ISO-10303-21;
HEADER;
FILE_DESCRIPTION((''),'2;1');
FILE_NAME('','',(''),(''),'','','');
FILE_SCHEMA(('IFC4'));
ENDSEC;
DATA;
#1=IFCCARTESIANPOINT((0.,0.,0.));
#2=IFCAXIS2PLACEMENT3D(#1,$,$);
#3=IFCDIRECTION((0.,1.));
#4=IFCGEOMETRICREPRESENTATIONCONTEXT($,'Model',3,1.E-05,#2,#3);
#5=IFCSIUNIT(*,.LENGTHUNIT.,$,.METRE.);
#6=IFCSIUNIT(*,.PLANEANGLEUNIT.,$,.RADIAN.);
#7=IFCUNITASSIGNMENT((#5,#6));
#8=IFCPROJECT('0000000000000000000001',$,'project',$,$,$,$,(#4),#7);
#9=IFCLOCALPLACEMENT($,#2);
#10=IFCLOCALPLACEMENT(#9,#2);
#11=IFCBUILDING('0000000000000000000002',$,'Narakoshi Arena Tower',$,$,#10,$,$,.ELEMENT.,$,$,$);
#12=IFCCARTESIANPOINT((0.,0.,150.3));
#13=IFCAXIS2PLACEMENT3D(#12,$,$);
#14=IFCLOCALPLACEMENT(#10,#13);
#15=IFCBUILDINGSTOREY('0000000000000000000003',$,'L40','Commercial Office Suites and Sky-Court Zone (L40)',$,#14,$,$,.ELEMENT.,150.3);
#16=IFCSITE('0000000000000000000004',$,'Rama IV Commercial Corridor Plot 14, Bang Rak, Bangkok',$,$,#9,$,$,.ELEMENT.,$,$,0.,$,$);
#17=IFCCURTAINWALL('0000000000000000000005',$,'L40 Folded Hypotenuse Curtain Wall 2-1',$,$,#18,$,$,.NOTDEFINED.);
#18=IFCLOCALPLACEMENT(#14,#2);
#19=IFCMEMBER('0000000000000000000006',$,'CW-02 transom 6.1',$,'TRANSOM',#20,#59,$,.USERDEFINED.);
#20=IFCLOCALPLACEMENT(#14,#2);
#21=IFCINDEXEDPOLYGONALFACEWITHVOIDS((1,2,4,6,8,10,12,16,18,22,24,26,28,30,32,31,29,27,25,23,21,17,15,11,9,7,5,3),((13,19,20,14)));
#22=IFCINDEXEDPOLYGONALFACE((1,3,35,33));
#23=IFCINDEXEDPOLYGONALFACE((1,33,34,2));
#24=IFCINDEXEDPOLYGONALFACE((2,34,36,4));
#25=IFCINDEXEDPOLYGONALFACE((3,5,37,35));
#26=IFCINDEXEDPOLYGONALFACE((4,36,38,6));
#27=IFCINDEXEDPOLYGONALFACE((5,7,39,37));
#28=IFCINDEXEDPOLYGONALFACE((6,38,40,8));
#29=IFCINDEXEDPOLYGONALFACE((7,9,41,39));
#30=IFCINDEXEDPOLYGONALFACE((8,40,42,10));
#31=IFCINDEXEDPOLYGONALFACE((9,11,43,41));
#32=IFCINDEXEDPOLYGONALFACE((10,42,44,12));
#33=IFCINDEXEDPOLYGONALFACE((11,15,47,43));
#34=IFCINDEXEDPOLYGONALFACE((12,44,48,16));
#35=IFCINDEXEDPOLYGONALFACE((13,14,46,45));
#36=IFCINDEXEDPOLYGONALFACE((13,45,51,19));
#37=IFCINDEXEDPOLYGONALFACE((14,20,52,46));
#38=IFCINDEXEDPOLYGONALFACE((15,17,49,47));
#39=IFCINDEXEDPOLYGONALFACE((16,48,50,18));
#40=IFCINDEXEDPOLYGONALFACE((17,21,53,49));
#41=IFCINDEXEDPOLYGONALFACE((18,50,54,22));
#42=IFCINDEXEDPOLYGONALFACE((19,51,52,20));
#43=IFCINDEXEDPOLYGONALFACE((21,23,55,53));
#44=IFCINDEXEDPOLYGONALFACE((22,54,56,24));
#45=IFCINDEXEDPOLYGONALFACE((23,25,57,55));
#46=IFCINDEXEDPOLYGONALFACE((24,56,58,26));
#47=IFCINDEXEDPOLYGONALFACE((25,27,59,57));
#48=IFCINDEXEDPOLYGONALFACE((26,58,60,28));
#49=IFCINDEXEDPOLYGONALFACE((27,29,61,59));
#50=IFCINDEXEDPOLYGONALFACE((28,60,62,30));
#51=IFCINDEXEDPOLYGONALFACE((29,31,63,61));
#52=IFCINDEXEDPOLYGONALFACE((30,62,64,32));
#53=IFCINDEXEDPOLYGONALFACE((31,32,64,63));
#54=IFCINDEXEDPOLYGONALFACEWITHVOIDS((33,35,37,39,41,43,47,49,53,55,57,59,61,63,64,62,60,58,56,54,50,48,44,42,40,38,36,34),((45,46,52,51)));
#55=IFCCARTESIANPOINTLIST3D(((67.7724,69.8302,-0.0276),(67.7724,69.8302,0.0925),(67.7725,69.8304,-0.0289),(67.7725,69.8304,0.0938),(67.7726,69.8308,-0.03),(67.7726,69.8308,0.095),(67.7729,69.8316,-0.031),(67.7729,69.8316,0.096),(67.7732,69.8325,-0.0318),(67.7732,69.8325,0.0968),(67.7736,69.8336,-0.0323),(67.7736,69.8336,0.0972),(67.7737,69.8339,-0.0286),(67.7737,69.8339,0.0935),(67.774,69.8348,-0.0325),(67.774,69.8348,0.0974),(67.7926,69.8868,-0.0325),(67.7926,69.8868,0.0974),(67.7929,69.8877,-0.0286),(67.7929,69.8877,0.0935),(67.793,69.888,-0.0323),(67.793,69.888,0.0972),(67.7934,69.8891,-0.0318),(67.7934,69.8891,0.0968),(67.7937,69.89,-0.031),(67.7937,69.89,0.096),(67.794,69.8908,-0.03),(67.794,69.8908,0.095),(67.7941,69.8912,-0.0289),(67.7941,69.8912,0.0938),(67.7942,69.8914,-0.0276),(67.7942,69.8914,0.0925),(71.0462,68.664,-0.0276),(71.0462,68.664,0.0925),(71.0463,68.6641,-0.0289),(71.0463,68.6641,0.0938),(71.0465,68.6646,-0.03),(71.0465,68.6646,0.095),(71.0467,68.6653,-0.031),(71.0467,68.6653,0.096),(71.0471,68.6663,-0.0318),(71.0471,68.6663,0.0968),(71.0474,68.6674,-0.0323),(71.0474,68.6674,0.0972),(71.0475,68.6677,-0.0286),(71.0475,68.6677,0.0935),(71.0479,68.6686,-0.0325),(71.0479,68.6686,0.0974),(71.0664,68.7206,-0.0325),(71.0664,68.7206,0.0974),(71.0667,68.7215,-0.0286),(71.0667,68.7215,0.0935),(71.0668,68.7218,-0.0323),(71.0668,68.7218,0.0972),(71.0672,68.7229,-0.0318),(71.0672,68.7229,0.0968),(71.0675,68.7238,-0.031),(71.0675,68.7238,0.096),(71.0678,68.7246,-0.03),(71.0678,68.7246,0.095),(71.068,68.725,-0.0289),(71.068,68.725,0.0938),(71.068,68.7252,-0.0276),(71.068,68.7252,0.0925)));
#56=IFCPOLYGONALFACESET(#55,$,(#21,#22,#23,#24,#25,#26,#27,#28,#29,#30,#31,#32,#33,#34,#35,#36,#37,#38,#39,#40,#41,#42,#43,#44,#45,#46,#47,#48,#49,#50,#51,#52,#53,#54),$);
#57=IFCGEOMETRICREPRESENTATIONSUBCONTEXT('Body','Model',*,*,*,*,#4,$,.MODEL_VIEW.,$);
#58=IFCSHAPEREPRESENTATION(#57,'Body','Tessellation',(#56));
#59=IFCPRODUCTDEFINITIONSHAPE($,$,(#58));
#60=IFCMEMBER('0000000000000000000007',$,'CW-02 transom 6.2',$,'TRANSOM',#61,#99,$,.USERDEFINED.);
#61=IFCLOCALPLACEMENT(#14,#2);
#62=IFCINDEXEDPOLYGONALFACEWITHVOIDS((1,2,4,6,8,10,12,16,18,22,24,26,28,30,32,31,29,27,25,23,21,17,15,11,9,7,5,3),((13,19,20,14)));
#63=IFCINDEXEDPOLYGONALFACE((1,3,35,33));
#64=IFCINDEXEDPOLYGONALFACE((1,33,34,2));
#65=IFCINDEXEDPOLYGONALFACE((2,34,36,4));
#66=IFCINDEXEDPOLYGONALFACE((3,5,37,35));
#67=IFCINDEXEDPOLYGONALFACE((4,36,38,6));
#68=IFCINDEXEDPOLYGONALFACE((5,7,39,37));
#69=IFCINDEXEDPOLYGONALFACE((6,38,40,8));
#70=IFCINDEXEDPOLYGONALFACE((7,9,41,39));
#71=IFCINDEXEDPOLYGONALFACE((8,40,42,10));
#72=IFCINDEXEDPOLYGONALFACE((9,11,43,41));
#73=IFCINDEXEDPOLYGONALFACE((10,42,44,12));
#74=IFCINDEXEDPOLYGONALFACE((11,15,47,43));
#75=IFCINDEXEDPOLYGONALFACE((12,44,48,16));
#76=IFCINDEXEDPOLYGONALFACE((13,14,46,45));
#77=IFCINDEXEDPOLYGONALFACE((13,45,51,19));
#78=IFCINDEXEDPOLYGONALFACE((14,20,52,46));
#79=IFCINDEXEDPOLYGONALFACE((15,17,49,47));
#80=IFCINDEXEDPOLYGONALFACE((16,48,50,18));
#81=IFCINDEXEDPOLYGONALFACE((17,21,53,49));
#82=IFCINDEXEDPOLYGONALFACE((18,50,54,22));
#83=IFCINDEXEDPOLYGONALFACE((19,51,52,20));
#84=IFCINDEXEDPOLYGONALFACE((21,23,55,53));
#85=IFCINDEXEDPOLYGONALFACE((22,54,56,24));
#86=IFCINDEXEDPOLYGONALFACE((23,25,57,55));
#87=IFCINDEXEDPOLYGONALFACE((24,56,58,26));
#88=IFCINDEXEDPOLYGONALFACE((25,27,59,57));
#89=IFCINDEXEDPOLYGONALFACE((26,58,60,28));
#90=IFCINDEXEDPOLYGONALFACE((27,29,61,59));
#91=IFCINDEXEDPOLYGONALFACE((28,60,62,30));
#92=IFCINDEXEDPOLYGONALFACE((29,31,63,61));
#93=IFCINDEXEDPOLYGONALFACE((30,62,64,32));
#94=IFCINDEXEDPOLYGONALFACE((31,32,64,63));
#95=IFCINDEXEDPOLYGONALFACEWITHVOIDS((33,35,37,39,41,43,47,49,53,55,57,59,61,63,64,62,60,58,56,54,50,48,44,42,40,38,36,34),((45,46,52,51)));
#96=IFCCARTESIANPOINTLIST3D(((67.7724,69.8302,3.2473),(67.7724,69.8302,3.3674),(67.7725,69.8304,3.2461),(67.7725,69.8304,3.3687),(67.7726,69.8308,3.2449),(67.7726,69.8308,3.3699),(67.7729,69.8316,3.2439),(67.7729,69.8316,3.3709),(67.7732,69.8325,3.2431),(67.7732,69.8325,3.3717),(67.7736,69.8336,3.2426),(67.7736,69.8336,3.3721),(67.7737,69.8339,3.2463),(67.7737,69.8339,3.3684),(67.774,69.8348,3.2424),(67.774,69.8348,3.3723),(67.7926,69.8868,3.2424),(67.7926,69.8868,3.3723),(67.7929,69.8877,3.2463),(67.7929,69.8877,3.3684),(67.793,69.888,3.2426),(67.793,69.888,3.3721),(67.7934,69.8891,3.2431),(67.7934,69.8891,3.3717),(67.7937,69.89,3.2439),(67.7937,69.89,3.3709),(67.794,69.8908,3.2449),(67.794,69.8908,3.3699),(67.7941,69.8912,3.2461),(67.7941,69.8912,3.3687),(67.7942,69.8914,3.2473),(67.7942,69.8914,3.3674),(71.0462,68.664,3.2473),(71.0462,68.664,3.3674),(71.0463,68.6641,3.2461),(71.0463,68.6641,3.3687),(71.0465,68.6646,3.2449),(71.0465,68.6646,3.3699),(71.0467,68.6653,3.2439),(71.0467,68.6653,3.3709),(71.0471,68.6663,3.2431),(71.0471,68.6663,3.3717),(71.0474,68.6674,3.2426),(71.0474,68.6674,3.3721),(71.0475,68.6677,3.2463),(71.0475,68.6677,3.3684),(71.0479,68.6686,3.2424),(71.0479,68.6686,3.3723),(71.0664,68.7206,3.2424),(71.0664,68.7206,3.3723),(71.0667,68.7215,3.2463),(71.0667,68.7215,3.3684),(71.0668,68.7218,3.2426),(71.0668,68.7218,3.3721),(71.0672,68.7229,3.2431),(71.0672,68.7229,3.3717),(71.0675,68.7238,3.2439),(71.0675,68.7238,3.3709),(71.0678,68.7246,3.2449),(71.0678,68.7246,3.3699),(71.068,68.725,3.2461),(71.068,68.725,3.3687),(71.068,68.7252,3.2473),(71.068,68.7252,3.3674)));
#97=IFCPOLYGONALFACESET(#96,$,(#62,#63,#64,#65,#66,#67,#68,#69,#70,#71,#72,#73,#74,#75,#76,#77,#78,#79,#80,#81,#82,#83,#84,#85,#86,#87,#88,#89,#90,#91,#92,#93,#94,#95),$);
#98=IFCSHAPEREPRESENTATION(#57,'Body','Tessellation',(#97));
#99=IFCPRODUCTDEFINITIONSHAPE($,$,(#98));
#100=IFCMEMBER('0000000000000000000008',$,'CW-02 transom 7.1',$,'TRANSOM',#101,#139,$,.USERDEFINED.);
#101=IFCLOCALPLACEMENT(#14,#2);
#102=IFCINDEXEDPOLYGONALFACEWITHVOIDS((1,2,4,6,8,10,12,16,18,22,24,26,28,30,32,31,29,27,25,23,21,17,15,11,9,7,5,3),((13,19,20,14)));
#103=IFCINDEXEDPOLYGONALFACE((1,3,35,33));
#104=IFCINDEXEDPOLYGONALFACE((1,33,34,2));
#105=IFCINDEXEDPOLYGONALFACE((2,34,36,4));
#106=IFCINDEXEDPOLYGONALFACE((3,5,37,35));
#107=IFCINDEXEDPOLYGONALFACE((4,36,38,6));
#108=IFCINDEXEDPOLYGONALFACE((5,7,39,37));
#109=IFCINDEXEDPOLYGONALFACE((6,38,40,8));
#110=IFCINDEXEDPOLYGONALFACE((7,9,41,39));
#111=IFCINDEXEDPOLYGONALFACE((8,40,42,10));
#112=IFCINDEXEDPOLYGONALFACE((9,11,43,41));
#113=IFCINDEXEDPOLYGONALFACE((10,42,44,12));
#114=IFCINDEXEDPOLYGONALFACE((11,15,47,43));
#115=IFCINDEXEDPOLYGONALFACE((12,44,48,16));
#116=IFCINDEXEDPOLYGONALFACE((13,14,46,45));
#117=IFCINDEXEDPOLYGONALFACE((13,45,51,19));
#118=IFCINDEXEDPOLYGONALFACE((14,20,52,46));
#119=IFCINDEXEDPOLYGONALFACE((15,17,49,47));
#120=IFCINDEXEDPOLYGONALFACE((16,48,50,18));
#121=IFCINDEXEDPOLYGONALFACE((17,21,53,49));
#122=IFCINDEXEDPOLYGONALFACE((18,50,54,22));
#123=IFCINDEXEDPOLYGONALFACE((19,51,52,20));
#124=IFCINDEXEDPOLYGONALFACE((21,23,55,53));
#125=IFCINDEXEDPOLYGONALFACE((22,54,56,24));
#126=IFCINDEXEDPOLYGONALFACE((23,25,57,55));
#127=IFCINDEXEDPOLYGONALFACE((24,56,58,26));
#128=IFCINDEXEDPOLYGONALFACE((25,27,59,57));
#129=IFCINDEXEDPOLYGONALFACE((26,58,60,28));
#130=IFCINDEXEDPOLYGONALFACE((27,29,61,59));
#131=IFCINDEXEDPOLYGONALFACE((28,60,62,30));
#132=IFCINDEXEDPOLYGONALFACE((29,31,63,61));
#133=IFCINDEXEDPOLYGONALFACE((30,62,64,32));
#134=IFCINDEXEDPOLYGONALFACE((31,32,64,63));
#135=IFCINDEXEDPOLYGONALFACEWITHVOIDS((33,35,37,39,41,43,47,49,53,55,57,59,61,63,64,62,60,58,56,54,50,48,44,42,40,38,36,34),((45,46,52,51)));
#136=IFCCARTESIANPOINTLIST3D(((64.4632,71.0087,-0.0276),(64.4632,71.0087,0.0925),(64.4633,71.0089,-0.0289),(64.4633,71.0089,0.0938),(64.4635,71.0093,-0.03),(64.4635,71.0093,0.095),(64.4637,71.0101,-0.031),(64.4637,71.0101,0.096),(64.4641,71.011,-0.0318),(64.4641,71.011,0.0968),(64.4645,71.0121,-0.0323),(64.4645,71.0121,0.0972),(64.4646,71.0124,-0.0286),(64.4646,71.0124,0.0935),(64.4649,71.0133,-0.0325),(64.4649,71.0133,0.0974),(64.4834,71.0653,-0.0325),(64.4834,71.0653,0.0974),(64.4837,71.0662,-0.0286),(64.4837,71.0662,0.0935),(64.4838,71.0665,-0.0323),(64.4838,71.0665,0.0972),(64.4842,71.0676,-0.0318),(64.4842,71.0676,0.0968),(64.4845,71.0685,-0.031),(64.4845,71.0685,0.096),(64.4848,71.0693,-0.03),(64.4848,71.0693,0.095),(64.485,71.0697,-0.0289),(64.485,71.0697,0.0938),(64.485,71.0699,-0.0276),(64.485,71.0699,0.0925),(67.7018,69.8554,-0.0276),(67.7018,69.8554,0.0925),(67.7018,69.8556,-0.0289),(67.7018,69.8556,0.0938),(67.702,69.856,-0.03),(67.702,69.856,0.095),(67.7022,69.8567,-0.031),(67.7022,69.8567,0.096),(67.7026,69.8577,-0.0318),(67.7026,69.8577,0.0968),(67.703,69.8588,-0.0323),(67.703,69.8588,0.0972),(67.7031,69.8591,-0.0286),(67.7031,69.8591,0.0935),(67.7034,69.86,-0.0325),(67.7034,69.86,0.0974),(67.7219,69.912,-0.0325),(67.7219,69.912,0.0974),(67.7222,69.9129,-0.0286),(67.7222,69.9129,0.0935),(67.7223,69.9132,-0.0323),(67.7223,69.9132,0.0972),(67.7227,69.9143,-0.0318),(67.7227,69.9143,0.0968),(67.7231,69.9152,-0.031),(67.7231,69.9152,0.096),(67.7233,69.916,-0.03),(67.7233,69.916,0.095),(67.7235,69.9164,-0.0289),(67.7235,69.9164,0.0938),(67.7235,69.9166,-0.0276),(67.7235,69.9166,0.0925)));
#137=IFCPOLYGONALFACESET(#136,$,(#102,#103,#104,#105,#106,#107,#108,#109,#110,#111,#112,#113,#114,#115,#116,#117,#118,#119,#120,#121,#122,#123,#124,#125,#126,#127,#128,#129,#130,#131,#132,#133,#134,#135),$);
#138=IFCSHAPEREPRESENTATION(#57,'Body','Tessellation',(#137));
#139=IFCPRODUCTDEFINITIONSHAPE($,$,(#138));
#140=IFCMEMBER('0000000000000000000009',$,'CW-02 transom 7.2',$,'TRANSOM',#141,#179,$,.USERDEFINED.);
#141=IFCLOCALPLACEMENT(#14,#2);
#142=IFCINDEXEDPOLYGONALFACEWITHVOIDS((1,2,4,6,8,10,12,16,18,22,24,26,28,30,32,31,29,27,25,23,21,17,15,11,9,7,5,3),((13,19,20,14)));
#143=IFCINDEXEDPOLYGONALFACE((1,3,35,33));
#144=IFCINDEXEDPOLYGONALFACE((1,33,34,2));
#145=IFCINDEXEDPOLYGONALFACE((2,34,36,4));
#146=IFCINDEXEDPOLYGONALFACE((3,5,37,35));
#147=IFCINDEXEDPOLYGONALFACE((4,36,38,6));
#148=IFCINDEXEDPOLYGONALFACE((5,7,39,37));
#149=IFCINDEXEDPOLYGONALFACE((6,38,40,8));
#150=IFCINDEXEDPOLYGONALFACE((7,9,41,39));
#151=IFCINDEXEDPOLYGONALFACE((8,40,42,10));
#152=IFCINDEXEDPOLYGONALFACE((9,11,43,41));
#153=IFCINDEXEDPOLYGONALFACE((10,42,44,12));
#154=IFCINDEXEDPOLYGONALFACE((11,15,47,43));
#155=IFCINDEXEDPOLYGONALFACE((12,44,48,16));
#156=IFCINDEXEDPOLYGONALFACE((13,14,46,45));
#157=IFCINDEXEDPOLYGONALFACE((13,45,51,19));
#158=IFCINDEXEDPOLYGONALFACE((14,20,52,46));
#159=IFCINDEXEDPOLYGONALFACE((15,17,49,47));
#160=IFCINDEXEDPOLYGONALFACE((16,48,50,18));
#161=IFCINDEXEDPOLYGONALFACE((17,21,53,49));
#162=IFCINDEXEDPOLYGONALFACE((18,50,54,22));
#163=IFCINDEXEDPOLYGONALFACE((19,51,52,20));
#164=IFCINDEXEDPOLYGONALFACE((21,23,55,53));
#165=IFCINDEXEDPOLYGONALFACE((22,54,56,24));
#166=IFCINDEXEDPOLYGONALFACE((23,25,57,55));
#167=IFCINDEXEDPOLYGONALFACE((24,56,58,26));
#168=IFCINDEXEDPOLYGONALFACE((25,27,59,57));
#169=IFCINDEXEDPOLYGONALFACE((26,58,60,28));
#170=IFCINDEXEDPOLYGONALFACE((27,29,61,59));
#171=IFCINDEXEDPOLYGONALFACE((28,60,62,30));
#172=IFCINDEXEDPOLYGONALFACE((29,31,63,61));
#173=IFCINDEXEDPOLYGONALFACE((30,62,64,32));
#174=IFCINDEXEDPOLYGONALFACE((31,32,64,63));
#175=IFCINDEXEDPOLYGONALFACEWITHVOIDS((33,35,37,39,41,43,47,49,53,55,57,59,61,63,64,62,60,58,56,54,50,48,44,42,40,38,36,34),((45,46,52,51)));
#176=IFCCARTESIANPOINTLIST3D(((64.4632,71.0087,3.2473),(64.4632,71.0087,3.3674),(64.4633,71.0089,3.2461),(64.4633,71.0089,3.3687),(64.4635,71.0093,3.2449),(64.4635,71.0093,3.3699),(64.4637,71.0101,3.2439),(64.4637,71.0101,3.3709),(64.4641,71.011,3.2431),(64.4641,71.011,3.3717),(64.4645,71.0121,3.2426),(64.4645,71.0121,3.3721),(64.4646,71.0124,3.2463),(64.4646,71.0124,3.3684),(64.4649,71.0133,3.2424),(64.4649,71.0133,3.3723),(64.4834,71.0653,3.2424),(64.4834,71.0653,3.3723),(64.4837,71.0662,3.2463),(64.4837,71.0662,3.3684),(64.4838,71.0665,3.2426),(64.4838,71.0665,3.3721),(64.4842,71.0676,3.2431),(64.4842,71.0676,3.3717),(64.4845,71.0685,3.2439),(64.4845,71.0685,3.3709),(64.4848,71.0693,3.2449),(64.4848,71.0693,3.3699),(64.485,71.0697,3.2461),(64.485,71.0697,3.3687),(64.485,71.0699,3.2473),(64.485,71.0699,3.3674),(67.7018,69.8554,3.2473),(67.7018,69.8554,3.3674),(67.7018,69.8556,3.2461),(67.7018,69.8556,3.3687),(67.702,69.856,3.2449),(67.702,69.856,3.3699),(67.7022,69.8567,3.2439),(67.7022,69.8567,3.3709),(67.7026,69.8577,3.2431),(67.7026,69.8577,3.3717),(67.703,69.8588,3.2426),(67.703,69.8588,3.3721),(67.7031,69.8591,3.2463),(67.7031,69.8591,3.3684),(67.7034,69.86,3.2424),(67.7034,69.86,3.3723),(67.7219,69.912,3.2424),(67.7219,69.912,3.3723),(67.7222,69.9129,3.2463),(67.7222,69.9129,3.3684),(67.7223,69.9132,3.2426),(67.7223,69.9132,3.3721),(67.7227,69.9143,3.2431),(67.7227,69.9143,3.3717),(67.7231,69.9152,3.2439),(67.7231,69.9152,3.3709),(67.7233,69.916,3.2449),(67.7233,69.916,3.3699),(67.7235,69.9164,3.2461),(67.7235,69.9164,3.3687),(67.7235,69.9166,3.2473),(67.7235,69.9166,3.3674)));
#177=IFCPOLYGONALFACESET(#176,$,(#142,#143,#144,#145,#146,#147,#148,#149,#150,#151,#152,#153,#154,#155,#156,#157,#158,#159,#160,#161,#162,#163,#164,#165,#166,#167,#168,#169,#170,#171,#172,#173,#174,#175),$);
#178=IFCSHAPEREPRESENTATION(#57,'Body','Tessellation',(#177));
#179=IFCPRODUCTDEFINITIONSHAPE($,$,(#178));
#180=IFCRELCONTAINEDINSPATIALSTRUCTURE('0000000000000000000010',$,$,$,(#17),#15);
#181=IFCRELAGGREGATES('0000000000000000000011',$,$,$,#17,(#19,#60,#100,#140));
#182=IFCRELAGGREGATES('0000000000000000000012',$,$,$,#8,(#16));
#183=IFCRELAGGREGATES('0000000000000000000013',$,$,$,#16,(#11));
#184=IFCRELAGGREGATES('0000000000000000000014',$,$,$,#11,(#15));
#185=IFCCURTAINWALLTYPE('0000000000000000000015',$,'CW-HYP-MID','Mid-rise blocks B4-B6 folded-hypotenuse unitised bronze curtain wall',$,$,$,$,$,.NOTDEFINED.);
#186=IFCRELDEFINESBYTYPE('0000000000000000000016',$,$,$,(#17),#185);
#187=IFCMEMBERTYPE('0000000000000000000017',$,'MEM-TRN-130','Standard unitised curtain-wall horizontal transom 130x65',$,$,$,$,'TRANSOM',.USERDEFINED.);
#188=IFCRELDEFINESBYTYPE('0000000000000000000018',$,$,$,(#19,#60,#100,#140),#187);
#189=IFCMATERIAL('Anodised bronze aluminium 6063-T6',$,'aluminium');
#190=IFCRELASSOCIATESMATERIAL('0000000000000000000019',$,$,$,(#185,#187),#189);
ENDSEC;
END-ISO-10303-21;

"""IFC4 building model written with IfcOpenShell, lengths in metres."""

from ifc_helpers import new_model, si_unit, direction, frame, origin, origin_2d, place, context, subcontext, project, spatial, hollow_rectangle, extrude, material, material_profile, profile_set, type_object, element, aggregate, save


model = new_model("IFC4")

# Units and contexts
model_context = context("Model", 3, precision=1e-05, world=origin(), true_north=direction((0.0, 1.0)))
body_context = subcontext(model_context, "Body", "Model", "MODEL_VIEW")
ifc_project = project(units=[si_unit("LENGTHUNIT", "METRE"), si_unit("PLANEANGLEUNIT", "RADIAN")], contexts=[model_context])

# Site, building, storey
site_placement = place(None, origin())
site = spatial("IfcSite", under=ifc_project, at=site_placement, Name="Rama IV Commercial Corridor Plot 14, Bang Rak, Bangkok", CompositionType="ELEMENT", RefElevation=0.0)
building_placement = place(site_placement, origin())
building = spatial("IfcBuilding", under=site, at=building_placement, Name="Narakoshi Arena Tower", CompositionType="ELEMENT")
storey_placement = place(building_placement, frame((0.0, 0.0, 150.3)))
storey = spatial("IfcBuildingStorey", under=building, at=storey_placement, Name="L40", Description="Commercial Office Suites and Sky-Court Zone (L40)", CompositionType="ELEMENT", Elevation=150.3)

# Curtain wall
ifc_material_1 = material(Name="Anodised bronze aluminium 6063-T6", Category="aluminium")
curtain_wall_type = type_object("IfcCurtainWallType", Name="CW-HYP-MID", Description="Mid-rise blocks B4-B6 folded-hypotenuse unitised bronze curtain wall", PredefinedType="NOTDEFINED", material=ifc_material_1)
curtain_wall_1_placement = place(storey_placement, origin())
curtain_wall_1 = element("IfcCurtainWall", 1, at=curtain_wall_1_placement, inside=storey, type_object=curtain_wall_type, Name="L40 Folded Hypotenuse Curtain Wall 2-1", PredefinedType="NOTDEFINED")

# Members
ifc_material_profile_1 = material_profile(ifc_material_1, hollow_rectangle(XDim=0.0649, YDim=0.1299, WallThickness=0.0039, OuterFilletRadius=0.0049, at=origin_2d()), Name="TRN130x65x4")
ifc_profile_set_1 = profile_set([ifc_material_profile_1], Name="Anodised bronze aluminium 6063-T6")
member_type_1 = type_object("IfcMemberType", Name="MEM-TRN-130", Description="Standard unitised curtain-wall horizontal transom 130x65", ElementType="TRANSOM", PredefinedType="USERDEFINED", material=ifc_profile_set_1)
member_1_placement = place(storey_placement, frame((71.0571, 68.6946, 0.0325), z_axis=(-0.942015, 0.335571, 0.0), x_axis=(-0.335571, -0.942015, 0.0)))
member_1 = element("IfcMember", 2, at=member_1_placement, type_object=member_type_1, Name="CW-02 transom 6.1", ObjectType="TRANSOM", PredefinedType="USERDEFINED", context=body_context, shape_type="SweptSolid", body=[
    extrude(hollow_rectangle(XDim=0.0649, YDim=0.1299, WallThickness=0.0039, OuterFilletRadius=0.0049, at=origin_2d()), origin(), (0.0, 0.0, 1.0), 3.4753),
])
member_2_placement = place(storey_placement, frame((71.0571, 68.6946, 3.3074), z_axis=(-0.942015, 0.335571, 0.0), x_axis=(-0.335571, -0.942015, 0.0)))
member_2 = element("IfcMember", 3, at=member_2_placement, type_object=member_type_1, Name="CW-02 transom 6.2", ObjectType="TRANSOM", PredefinedType="USERDEFINED", context=body_context, shape_type="SweptSolid", body=[
    extrude(hollow_rectangle(XDim=0.0649, YDim=0.1299, WallThickness=0.0039, OuterFilletRadius=0.0049, at=origin_2d()), origin(), (0.0, 0.0, 1.0), 3.4753),
])
member_3_placement = place(storey_placement, frame((67.7126, 69.886, 0.0325), z_axis=(-0.942045, 0.335486, 0.0), x_axis=(-0.335486, -0.942045, 0.0)))
member_3 = element("IfcMember", 4, at=member_3_placement, type_object=member_type_1, Name="CW-02 transom 7.1", ObjectType="TRANSOM", PredefinedType="USERDEFINED", context=body_context, shape_type="SweptSolid", body=[
    extrude(hollow_rectangle(XDim=0.0649, YDim=0.1299, WallThickness=0.0039, OuterFilletRadius=0.0049, at=origin_2d()), origin(), (0.0, 0.0, 1.0), 3.4377),
])
member_4_placement = place(storey_placement, frame((67.7126, 69.886, 3.3074), z_axis=(-0.942045, 0.335486, 0.0), x_axis=(-0.335486, -0.942045, 0.0)))
member_4 = element("IfcMember", 5, at=member_4_placement, type_object=member_type_1, Name="CW-02 transom 7.2", ObjectType="TRANSOM", PredefinedType="USERDEFINED", context=body_context, shape_type="SweptSolid", body=[
    extrude(hollow_rectangle(XDim=0.0649, YDim=0.1299, WallThickness=0.0039, OuterFilletRadius=0.0049, at=origin_2d()), origin(), (0.0, 0.0, 1.0), 3.4377),
])

aggregate(curtain_wall_1, [member_1, member_2, member_3, member_4])

save(model, "model.ifc")
